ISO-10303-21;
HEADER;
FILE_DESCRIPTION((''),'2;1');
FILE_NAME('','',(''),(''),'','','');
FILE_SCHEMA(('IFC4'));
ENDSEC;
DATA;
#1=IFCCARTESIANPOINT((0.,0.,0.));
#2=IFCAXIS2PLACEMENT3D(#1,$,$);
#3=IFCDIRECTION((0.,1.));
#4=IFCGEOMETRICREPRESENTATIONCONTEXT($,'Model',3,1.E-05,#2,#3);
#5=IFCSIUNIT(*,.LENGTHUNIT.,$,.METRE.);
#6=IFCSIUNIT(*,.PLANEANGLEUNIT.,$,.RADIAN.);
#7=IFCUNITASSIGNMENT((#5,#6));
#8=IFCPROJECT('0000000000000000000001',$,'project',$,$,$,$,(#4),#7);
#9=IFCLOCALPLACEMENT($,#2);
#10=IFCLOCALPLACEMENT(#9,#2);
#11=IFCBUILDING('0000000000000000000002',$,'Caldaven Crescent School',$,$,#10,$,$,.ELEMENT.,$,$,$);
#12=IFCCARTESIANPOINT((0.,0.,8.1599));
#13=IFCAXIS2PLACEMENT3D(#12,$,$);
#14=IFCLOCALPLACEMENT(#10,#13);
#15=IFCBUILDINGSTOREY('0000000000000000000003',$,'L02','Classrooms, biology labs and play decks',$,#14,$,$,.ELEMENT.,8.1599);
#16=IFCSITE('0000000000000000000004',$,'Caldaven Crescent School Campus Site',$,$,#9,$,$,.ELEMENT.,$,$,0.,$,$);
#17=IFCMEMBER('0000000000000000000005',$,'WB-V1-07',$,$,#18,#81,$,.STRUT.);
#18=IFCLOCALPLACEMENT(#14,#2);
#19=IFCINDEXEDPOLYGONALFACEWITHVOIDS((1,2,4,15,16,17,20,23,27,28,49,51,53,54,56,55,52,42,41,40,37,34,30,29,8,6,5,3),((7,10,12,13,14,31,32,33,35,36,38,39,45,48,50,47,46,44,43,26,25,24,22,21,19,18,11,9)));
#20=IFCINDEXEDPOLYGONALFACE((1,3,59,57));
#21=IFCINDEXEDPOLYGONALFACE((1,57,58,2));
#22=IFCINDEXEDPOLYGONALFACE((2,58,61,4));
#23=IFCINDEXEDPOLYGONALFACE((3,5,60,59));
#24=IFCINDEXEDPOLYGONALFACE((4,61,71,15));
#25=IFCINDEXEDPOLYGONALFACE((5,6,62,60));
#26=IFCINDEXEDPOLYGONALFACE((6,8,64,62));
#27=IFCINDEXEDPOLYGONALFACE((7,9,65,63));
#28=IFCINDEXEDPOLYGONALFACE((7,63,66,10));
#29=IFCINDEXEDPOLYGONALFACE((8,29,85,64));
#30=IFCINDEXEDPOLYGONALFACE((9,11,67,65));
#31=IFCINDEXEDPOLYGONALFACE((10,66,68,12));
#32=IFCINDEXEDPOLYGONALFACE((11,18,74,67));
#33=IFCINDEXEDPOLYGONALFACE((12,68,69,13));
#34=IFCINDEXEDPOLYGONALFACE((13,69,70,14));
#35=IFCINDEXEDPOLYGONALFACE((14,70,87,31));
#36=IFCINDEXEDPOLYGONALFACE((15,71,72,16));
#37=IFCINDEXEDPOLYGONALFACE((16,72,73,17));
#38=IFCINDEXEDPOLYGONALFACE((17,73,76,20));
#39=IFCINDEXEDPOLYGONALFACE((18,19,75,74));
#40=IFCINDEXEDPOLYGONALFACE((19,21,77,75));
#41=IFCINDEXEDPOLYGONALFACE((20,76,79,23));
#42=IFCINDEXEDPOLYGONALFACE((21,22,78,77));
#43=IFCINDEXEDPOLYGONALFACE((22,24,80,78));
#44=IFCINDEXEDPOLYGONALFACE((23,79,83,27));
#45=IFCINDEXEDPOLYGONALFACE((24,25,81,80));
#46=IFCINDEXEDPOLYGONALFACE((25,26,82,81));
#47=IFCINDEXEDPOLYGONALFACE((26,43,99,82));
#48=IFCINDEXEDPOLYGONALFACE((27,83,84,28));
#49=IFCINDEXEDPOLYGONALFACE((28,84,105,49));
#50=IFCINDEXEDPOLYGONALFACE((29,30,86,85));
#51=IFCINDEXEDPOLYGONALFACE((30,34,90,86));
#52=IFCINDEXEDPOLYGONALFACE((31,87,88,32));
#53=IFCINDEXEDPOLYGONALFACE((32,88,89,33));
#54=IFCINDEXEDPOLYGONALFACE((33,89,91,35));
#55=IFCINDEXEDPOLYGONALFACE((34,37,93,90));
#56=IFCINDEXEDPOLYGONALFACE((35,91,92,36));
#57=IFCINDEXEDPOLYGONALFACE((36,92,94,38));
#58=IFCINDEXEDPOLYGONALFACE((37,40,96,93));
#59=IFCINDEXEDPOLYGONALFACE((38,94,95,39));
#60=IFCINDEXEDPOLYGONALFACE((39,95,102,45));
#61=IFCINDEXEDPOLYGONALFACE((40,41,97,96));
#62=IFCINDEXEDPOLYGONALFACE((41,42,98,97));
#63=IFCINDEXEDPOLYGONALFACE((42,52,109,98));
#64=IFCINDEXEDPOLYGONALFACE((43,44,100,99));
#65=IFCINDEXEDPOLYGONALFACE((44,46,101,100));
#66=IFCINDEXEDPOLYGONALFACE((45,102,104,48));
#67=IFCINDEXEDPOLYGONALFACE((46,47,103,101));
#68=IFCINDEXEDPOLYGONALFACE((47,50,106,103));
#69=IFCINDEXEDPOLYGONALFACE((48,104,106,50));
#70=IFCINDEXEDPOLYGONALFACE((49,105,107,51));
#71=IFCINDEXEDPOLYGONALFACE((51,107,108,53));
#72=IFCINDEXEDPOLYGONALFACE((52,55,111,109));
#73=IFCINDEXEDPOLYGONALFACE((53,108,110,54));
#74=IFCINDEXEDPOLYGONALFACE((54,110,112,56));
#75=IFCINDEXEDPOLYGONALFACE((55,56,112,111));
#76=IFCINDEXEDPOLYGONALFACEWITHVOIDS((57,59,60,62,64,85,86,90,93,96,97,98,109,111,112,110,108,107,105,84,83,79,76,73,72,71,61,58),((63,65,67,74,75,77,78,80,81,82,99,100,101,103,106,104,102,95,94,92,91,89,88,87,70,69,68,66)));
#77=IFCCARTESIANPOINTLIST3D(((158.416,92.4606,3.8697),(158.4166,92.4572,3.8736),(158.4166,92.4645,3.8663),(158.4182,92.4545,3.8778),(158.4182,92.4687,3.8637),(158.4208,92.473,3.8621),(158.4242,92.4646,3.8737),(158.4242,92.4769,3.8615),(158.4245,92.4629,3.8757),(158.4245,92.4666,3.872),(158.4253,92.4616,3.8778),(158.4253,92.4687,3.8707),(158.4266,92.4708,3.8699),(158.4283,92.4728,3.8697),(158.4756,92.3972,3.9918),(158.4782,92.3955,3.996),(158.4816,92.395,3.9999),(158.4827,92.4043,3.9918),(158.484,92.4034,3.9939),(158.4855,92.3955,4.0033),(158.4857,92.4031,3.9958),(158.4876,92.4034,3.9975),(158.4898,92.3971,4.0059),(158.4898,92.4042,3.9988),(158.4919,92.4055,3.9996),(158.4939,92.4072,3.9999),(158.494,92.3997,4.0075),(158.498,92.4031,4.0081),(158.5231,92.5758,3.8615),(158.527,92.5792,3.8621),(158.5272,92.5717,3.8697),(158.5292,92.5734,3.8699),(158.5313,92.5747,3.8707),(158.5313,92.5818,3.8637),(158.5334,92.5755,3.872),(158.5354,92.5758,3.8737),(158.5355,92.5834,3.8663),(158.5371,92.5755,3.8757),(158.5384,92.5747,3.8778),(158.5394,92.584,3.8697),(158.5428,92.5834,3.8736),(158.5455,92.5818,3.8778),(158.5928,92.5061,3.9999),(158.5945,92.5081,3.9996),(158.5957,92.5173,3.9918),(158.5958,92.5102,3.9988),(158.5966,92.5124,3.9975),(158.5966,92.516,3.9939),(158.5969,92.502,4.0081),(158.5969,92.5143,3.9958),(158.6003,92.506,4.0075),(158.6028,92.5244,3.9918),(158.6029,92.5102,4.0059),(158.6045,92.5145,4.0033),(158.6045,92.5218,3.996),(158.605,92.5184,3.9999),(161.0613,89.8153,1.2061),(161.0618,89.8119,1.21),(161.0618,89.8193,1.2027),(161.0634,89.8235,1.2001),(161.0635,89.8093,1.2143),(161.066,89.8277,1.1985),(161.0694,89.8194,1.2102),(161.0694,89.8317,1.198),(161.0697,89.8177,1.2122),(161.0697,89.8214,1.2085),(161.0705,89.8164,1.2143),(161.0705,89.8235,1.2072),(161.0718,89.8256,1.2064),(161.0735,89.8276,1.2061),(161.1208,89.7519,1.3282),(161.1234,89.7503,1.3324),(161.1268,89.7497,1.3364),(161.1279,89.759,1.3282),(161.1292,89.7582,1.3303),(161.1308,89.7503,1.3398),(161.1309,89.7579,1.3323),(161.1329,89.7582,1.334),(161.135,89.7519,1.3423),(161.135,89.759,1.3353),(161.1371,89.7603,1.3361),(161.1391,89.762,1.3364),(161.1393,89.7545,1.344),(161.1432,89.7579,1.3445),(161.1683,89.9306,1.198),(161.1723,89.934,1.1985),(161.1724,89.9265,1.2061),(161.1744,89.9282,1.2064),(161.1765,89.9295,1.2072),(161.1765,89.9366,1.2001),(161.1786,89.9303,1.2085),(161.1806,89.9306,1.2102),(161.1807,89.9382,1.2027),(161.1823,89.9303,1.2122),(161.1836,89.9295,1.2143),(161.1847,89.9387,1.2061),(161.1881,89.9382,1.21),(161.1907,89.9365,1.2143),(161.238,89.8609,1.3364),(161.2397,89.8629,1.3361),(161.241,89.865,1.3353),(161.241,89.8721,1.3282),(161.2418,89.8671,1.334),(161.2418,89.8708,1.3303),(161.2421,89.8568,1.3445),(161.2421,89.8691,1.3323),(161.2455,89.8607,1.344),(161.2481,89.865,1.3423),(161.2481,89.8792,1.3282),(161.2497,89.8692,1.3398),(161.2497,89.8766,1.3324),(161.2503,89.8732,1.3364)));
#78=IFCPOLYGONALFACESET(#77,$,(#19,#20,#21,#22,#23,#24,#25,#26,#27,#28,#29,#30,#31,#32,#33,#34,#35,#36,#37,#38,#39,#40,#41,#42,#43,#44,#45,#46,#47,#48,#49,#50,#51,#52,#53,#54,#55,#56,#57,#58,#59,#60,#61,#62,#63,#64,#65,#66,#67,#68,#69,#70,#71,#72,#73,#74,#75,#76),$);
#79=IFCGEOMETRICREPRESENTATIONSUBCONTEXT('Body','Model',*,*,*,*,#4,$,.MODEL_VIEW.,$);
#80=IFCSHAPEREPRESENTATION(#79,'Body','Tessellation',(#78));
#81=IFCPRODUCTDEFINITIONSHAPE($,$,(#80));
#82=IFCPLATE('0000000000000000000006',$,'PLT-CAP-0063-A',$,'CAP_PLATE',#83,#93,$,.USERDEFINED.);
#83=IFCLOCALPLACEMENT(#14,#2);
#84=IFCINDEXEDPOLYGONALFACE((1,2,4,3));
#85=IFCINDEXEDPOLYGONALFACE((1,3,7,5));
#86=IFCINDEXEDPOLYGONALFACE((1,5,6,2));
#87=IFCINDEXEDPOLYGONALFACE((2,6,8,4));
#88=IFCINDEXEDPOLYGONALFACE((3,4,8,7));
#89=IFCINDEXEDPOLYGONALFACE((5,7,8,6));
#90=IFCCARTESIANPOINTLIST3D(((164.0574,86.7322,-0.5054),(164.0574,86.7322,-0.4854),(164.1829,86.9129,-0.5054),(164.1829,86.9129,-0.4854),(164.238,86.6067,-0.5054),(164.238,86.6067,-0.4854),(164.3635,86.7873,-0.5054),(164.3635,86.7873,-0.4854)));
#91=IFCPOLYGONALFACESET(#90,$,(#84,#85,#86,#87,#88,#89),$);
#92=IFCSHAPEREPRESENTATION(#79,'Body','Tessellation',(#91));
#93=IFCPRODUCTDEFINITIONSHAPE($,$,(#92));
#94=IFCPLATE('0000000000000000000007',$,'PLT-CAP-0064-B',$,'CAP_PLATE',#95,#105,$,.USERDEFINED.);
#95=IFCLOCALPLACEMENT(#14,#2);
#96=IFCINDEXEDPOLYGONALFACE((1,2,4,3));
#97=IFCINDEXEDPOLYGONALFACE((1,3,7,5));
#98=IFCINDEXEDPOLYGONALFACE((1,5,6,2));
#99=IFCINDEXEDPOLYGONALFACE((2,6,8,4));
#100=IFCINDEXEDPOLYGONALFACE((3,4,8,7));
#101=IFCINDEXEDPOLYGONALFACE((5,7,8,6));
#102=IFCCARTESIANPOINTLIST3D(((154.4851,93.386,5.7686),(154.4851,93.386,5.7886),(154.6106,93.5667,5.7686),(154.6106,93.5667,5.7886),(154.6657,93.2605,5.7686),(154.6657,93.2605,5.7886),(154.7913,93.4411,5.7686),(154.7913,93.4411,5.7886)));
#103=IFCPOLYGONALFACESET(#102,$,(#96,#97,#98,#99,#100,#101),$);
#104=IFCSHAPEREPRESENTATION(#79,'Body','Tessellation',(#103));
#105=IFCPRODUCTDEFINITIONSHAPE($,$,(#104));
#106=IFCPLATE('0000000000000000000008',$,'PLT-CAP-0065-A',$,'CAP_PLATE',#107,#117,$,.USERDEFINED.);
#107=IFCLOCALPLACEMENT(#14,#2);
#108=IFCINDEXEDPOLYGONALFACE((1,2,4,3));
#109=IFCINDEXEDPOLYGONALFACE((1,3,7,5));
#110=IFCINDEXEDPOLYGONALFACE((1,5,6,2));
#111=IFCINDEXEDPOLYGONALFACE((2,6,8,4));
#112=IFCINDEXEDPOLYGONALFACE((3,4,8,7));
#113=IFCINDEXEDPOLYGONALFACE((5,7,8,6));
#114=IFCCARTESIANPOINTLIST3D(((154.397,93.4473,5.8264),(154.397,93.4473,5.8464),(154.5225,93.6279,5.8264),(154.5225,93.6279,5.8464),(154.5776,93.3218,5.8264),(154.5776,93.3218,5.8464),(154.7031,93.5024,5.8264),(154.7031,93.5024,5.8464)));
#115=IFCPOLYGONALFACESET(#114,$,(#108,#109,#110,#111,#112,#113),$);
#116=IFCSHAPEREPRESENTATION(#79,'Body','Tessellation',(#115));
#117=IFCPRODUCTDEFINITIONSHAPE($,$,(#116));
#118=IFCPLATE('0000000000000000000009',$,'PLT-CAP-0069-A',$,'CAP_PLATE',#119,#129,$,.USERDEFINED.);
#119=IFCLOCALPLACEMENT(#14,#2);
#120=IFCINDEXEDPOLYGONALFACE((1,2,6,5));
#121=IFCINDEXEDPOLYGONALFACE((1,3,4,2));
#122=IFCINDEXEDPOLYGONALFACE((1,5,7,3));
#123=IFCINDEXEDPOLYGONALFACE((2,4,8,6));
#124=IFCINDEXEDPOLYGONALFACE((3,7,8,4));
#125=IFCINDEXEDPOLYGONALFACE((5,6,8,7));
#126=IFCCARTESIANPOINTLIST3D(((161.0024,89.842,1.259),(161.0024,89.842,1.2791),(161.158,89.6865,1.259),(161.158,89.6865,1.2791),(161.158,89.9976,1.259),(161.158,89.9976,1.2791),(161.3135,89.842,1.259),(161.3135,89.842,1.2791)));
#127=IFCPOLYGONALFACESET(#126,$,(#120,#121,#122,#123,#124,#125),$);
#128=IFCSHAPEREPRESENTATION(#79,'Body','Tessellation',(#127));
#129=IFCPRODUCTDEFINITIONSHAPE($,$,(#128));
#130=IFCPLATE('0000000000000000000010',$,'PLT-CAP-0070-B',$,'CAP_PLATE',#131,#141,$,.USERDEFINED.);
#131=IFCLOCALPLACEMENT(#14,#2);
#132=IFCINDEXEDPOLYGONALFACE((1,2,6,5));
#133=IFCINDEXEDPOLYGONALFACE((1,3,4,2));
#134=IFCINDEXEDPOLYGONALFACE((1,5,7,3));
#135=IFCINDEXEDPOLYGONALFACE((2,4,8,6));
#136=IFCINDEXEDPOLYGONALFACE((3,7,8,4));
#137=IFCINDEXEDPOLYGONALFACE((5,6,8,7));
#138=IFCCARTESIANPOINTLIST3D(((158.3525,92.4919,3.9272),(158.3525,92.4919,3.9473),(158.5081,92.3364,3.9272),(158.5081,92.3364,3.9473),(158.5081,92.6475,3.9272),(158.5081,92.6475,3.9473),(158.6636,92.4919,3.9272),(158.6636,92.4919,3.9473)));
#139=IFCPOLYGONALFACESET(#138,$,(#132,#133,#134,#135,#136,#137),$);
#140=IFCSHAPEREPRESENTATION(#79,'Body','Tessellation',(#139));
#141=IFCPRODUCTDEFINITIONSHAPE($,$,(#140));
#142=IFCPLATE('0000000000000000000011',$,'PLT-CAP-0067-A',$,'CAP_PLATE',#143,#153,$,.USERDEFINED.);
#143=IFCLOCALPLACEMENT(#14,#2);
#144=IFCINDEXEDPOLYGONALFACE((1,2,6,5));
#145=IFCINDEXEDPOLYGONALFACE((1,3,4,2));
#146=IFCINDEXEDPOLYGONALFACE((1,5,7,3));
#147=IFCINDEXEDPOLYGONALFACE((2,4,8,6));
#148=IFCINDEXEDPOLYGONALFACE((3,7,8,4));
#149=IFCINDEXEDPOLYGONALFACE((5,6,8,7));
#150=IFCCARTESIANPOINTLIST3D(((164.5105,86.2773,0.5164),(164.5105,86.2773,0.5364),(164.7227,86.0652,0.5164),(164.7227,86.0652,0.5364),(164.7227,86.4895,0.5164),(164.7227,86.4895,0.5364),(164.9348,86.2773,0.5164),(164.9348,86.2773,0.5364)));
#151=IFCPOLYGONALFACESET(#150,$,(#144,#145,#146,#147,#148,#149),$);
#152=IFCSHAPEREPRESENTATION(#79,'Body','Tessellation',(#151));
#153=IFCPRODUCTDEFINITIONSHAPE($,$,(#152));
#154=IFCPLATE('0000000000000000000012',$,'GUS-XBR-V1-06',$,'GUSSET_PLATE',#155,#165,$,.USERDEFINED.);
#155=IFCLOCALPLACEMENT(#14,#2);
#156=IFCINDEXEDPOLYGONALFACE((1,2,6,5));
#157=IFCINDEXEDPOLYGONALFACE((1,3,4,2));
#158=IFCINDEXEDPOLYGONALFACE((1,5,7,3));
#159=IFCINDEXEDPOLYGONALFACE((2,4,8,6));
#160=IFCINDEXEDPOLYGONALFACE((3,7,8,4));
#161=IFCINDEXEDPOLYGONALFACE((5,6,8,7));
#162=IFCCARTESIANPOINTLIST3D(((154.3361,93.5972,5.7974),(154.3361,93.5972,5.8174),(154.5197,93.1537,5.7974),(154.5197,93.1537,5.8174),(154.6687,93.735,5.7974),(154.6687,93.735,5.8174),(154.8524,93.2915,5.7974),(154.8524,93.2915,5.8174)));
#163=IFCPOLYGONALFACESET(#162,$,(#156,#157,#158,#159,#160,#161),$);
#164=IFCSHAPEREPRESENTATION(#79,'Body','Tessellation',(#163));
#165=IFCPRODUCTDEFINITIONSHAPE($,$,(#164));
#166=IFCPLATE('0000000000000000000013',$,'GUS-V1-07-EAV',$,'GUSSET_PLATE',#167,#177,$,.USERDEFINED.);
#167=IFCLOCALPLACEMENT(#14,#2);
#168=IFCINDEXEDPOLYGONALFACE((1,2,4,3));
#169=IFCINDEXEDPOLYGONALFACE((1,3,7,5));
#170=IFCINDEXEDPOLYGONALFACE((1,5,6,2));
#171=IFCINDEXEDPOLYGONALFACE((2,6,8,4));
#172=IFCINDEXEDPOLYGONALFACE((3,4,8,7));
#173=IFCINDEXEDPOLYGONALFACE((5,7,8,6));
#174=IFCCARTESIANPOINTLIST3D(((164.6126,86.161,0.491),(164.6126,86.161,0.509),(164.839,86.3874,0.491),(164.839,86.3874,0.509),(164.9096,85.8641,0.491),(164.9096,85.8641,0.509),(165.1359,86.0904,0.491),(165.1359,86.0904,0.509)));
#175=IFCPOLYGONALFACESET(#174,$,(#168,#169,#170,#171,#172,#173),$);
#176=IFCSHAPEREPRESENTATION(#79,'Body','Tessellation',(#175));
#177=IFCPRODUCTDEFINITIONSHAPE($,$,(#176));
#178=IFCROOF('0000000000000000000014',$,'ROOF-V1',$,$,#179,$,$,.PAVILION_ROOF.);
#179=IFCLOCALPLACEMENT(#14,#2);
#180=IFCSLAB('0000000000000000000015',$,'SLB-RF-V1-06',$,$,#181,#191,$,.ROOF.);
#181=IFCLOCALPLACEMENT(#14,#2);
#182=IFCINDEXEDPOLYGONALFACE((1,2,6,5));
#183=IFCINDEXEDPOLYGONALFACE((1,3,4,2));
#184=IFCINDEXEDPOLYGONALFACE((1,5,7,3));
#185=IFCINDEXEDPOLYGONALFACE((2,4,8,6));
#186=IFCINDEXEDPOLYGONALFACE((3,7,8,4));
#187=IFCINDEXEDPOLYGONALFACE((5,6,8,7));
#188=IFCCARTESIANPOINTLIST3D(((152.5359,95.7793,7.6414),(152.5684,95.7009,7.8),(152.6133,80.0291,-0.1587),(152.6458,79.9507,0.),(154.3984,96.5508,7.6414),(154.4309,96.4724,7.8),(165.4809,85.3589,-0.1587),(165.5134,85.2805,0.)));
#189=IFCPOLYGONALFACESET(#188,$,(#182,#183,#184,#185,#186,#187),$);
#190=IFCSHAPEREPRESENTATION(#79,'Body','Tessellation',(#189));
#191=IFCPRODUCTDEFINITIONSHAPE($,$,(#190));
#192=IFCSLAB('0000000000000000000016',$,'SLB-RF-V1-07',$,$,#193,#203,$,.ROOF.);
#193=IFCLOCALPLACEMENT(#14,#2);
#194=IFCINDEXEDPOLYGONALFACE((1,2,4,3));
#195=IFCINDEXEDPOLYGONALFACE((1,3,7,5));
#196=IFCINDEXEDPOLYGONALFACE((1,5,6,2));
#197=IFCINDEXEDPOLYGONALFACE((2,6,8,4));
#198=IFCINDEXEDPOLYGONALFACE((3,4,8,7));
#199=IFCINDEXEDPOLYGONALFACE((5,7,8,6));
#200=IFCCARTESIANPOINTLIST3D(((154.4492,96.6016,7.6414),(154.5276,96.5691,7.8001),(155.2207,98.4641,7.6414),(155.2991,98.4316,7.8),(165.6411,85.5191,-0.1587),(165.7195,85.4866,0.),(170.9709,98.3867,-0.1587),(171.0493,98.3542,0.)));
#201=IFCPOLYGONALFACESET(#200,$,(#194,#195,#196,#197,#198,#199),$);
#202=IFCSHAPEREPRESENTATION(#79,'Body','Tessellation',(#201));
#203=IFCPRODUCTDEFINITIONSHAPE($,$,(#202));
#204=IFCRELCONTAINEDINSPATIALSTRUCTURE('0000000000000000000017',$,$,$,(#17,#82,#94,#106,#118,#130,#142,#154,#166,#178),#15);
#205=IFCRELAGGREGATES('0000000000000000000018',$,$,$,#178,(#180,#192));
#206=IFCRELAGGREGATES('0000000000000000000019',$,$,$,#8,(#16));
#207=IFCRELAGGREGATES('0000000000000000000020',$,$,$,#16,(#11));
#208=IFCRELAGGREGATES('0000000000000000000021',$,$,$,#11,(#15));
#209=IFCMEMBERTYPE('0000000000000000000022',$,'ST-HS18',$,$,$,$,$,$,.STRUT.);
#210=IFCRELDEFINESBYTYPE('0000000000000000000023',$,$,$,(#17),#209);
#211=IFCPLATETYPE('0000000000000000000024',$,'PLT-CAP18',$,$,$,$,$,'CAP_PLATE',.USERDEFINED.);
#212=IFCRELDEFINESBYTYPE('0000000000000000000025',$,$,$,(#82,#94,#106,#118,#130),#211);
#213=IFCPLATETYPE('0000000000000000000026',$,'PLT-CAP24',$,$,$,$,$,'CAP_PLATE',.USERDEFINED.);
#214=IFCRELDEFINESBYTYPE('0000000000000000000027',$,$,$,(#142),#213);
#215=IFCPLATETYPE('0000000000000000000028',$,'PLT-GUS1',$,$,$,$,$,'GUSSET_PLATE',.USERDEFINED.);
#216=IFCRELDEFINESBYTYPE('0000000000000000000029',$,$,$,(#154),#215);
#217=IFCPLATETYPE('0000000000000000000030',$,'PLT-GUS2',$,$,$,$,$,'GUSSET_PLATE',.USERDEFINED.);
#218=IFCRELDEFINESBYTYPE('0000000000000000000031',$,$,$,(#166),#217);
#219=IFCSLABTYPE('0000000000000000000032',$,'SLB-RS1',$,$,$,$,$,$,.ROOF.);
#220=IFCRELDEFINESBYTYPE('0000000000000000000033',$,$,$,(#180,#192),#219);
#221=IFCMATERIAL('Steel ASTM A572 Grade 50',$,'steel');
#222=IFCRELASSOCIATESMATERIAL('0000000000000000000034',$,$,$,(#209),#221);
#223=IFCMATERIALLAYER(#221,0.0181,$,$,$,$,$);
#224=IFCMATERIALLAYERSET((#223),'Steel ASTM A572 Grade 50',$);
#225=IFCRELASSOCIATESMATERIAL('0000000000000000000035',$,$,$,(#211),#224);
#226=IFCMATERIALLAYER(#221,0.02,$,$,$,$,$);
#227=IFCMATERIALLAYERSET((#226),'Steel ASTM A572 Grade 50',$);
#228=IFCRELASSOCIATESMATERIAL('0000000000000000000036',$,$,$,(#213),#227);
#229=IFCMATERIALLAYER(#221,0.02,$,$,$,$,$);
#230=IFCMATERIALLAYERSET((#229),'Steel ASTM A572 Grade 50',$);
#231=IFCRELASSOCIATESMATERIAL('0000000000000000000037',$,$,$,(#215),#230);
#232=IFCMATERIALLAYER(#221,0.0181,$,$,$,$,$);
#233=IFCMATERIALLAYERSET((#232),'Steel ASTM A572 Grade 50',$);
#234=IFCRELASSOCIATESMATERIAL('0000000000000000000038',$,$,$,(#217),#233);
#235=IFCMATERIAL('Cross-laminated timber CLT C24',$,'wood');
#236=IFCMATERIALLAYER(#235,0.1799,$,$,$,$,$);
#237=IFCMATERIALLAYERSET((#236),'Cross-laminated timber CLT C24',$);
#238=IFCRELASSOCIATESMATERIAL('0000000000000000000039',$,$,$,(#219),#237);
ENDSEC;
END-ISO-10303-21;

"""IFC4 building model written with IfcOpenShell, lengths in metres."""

from ifc_helpers import new_model, si_unit, direction, frame, origin, origin_2d, place, context, subcontext, project, spatial, polyline, rectangle, hollow_rectangle, outline, extrude, material, layer, layer_set, material_profile, profile_set, type_object, element, aggregate, save


model = new_model("IFC4")

# Units and contexts
model_context = context("Model", 3, precision=1e-05, world=origin(), true_north=direction((0.0, 1.0)))
body_context = subcontext(model_context, "Body", "Model", "MODEL_VIEW")
ifc_project = project(units=[si_unit("LENGTHUNIT", "METRE"), si_unit("PLANEANGLEUNIT", "RADIAN")], contexts=[model_context])

# Site, building, storey
site_placement = place(None, origin())
site = spatial("IfcSite", under=ifc_project, at=site_placement, Name="Caldaven Crescent School Campus Site", CompositionType="ELEMENT", RefElevation=0.0)
building_placement = place(site_placement, origin())
building = spatial("IfcBuilding", under=site, at=building_placement, Name="Caldaven Crescent School", CompositionType="ELEMENT")
storey_placement = place(building_placement, frame((0.0, 0.0, 8.1599)))
storey = spatial("IfcBuildingStorey", under=building, at=storey_placement, Name="L02", Description="Classrooms, biology labs and play decks", CompositionType="ELEMENT", Elevation=8.1599)

# Shared definitions
ifc_material_1 = material(Name="Steel ASTM A572 Grade 50", Category="steel")

# Member
ifc_material_profile_1 = material_profile(ifc_material_1, hollow_rectangle(XDim=0.1799, YDim=0.1799, WallThickness=0.01, InnerFilletRadius=0.01, OuterFilletRadius=0.02, at=origin_2d()), Name="HSS 180x180x10")
ifc_profile_set_1 = profile_set([ifc_material_profile_1], Name="Steel ASTM A572 Grade 50")
member_type_1 = type_object("IfcMemberType", Name="ST-HS18", PredefinedType="STRUT", material=ifc_profile_set_1)
member_1_placement = place(storey_placement, frame((161.1558, 89.8442, 1.2712), z_axis=(-0.576018, 0.576018, 0.580005), x_axis=(-0.707107, -0.707107, 0.0)))
element("IfcMember", 1, at=member_1_placement, inside=storey, type_object=member_type_1, Name="WB-V1-07", PredefinedType="STRUT", context=body_context, shape_type="SweptSolid", body=[
    extrude(hollow_rectangle(XDim=0.1799, YDim=0.1799, WallThickness=0.01, InnerFilletRadius=0.01, OuterFilletRadius=0.02, at=origin_2d()), origin(), (0.0, 0.0, 1.0), 4.5923),
])

# Plates
ifc_layer_1 = layer(ifc_material_1, 0.0181)
ifc_layer_set_1 = layer_set([ifc_layer_1], Name="Steel ASTM A572 Grade 50")
plate_type_1 = type_object("IfcPlateType", Name="PLT-CAP18", ElementType="CAP_PLATE", PredefinedType="USERDEFINED", material=ifc_layer_set_1)
for number, where, z_axis, x_axis, name in (
    (2, (164.2104, 86.7598, -0.5054), (0.0, 0.0, 1.0), (-0.821149, 0.570714, 0.0), "PLT-CAP-0063-A"),
    (3, (154.6382, 93.4136, 5.7686), (0.0, 0.0, 1.0), (-0.821149, 0.570714, 0.0), "PLT-CAP-0064-B"),
    (4, (154.55, 93.4749, 5.8264), (0.0, 0.0, 1.0), (-0.821149, 0.570714, 0.0), "PLT-CAP-0065-A"),
    (5, (161.158, 89.842, 1.259), (0.0, 0.0, 1.0), (-0.707107, 0.707107, 0.0), "PLT-CAP-0069-A"),
    (6, (158.5081, 92.4919, 3.9272), (0.0, 0.0, 1.0), (-0.707107, 0.707107, 0.0), "PLT-CAP-0070-B"),
):
    element("IfcPlate", number, at=place(storey_placement, frame(where, z_axis=z_axis, x_axis=x_axis)), inside=storey, type_object=plate_type_1, Name=name, ObjectType="CAP_PLATE", PredefinedType="USERDEFINED", context=body_context, shape_type="SweptSolid", body=[
        extrude(rectangle(XDim=0.22, YDim=0.22, at=origin_2d()), origin(), (0.0, 0.0, 1.0), 0.02),
    ])
ifc_layer_2 = layer(ifc_material_1, 0.02)
ifc_layer_set_2 = layer_set([ifc_layer_2], Name="Steel ASTM A572 Grade 50")
plate_type_2 = type_object("IfcPlateType", Name="PLT-CAP24", ElementType="CAP_PLATE", PredefinedType="USERDEFINED", material=ifc_layer_set_2)
plate_1_placement = place(storey_placement, frame((164.7227, 86.2773, 0.5164), z_axis=(0.0, 0.0, 1.0), x_axis=(-0.707107, 0.707107, 0.0)))
element("IfcPlate", 7, at=plate_1_placement, inside=storey, type_object=plate_type_2, Name="PLT-CAP-0067-A", ObjectType="CAP_PLATE", PredefinedType="USERDEFINED", context=body_context, shape_type="SweptSolid", body=[
    extrude(rectangle(XDim=0.3, YDim=0.3, at=origin_2d()), origin(), (0.0, 0.0, 1.0), 0.02),
])
ifc_layer_3 = layer(ifc_material_1, 0.02)
ifc_layer_set_3 = layer_set([ifc_layer_3], Name="Steel ASTM A572 Grade 50")
plate_type_3 = type_object("IfcPlateType", Name="PLT-GUS1", ElementType="GUSSET_PLATE", PredefinedType="USERDEFINED", material=ifc_layer_set_3)
plate_2_placement = place(storey_placement, frame((154.5942, 93.4443, 5.7974), z_axis=(0.0, 0.0, 1.0), x_axis=(0.382683, -0.92388, 0.0)))
element("IfcPlate", 8, at=plate_2_placement, inside=storey, type_object=plate_type_3, Name="GUS-XBR-V1-06", ObjectType="GUSSET_PLATE", PredefinedType="USERDEFINED", context=body_context, shape_type="SweptSolid", body=[
    extrude(rectangle(XDim=0.48, YDim=0.3601, at=origin_2d()), origin(), (0.0, 0.0, 1.0), 0.02),
])
ifc_layer_4 = layer(ifc_material_1, 0.0181)
ifc_layer_set_4 = layer_set([ifc_layer_4], Name="Steel ASTM A572 Grade 50")
plate_type_4 = type_object("IfcPlateType", Name="PLT-GUS2", ElementType="GUSSET_PLATE", PredefinedType="USERDEFINED", material=ifc_layer_set_4)
plate_3_placement = place(storey_placement, frame((164.8743, 86.1257, 0.491), z_axis=(0.0, 0.0, 1.0), x_axis=(0.707107, -0.707107, 0.0)))
element("IfcPlate", 9, at=plate_3_placement, inside=storey, type_object=plate_type_4, Name="GUS-V1-07-EAV", ObjectType="GUSSET_PLATE", PredefinedType="USERDEFINED", context=body_context, shape_type="SweptSolid", body=[
    extrude(rectangle(XDim=0.4199, YDim=0.3201, at=origin_2d()), origin(), (0.0, 0.0, 1.0), 0.0181),
])

# Roof, slabs
roof_placement = place(storey_placement, origin())
roof = element("IfcRoof", 10, at=roof_placement, inside=storey, Name="ROOF-V1", PredefinedType="PAVILION_ROOF")
ifc_material_2 = material(Name="Cross-laminated timber CLT C24", Category="wood")
ifc_layer_5 = layer(ifc_material_2, 0.1799)
ifc_layer_set_5 = layer_set([ifc_layer_5], Name="Cross-laminated timber CLT C24")
slab_type = type_object("IfcSlabType", Name="SLB-RS1", PredefinedType="ROOF", material=ifc_layer_set_5)
slab_1_placement = place(storey_placement, frame((152.6458, 79.9507, 0.0), z_axis=(0.180506, -0.435791, 0.881762), x_axis=(0.923883, 0.382675, 0.0)))
slab_1 = element("IfcSlab", 11, at=slab_1_placement, type_object=slab_type, Name="SLB-RF-V1-06", PredefinedType="ROOF", context=body_context, shape_type="SweptSolid", body=[
    extrude(outline(polyline([(0.0, 0.0), (13.9278, 0.0), (7.9717, 16.5362), (5.9557, 16.5362), (0.0, 0.0)])), origin(), (0.0, 0.0, -1.0), 0.1799),
])
slab_2_placement = place(storey_placement, frame((165.7195, 85.4866, 0.0), z_axis=(0.435791, -0.180506, 0.881762), x_axis=(0.382675, 0.923883, 0.0)))
slab_2 = element("IfcSlab", 12, at=slab_2_placement, type_object=slab_type, Name="SLB-RF-V1-07", PredefinedType="ROOF", context=body_context, shape_type="SweptSolid", body=[
    extrude(outline(polyline([(0.0, 0.0), (13.9278, 0.0), (7.9721, 16.5362), (5.9561, 16.5362), (0.0, 0.0)])), origin(), (0.0, 0.0, -1.0), 0.1799),
])
aggregate(roof, [slab_1, slab_2])

save(model, "model.ifc")
